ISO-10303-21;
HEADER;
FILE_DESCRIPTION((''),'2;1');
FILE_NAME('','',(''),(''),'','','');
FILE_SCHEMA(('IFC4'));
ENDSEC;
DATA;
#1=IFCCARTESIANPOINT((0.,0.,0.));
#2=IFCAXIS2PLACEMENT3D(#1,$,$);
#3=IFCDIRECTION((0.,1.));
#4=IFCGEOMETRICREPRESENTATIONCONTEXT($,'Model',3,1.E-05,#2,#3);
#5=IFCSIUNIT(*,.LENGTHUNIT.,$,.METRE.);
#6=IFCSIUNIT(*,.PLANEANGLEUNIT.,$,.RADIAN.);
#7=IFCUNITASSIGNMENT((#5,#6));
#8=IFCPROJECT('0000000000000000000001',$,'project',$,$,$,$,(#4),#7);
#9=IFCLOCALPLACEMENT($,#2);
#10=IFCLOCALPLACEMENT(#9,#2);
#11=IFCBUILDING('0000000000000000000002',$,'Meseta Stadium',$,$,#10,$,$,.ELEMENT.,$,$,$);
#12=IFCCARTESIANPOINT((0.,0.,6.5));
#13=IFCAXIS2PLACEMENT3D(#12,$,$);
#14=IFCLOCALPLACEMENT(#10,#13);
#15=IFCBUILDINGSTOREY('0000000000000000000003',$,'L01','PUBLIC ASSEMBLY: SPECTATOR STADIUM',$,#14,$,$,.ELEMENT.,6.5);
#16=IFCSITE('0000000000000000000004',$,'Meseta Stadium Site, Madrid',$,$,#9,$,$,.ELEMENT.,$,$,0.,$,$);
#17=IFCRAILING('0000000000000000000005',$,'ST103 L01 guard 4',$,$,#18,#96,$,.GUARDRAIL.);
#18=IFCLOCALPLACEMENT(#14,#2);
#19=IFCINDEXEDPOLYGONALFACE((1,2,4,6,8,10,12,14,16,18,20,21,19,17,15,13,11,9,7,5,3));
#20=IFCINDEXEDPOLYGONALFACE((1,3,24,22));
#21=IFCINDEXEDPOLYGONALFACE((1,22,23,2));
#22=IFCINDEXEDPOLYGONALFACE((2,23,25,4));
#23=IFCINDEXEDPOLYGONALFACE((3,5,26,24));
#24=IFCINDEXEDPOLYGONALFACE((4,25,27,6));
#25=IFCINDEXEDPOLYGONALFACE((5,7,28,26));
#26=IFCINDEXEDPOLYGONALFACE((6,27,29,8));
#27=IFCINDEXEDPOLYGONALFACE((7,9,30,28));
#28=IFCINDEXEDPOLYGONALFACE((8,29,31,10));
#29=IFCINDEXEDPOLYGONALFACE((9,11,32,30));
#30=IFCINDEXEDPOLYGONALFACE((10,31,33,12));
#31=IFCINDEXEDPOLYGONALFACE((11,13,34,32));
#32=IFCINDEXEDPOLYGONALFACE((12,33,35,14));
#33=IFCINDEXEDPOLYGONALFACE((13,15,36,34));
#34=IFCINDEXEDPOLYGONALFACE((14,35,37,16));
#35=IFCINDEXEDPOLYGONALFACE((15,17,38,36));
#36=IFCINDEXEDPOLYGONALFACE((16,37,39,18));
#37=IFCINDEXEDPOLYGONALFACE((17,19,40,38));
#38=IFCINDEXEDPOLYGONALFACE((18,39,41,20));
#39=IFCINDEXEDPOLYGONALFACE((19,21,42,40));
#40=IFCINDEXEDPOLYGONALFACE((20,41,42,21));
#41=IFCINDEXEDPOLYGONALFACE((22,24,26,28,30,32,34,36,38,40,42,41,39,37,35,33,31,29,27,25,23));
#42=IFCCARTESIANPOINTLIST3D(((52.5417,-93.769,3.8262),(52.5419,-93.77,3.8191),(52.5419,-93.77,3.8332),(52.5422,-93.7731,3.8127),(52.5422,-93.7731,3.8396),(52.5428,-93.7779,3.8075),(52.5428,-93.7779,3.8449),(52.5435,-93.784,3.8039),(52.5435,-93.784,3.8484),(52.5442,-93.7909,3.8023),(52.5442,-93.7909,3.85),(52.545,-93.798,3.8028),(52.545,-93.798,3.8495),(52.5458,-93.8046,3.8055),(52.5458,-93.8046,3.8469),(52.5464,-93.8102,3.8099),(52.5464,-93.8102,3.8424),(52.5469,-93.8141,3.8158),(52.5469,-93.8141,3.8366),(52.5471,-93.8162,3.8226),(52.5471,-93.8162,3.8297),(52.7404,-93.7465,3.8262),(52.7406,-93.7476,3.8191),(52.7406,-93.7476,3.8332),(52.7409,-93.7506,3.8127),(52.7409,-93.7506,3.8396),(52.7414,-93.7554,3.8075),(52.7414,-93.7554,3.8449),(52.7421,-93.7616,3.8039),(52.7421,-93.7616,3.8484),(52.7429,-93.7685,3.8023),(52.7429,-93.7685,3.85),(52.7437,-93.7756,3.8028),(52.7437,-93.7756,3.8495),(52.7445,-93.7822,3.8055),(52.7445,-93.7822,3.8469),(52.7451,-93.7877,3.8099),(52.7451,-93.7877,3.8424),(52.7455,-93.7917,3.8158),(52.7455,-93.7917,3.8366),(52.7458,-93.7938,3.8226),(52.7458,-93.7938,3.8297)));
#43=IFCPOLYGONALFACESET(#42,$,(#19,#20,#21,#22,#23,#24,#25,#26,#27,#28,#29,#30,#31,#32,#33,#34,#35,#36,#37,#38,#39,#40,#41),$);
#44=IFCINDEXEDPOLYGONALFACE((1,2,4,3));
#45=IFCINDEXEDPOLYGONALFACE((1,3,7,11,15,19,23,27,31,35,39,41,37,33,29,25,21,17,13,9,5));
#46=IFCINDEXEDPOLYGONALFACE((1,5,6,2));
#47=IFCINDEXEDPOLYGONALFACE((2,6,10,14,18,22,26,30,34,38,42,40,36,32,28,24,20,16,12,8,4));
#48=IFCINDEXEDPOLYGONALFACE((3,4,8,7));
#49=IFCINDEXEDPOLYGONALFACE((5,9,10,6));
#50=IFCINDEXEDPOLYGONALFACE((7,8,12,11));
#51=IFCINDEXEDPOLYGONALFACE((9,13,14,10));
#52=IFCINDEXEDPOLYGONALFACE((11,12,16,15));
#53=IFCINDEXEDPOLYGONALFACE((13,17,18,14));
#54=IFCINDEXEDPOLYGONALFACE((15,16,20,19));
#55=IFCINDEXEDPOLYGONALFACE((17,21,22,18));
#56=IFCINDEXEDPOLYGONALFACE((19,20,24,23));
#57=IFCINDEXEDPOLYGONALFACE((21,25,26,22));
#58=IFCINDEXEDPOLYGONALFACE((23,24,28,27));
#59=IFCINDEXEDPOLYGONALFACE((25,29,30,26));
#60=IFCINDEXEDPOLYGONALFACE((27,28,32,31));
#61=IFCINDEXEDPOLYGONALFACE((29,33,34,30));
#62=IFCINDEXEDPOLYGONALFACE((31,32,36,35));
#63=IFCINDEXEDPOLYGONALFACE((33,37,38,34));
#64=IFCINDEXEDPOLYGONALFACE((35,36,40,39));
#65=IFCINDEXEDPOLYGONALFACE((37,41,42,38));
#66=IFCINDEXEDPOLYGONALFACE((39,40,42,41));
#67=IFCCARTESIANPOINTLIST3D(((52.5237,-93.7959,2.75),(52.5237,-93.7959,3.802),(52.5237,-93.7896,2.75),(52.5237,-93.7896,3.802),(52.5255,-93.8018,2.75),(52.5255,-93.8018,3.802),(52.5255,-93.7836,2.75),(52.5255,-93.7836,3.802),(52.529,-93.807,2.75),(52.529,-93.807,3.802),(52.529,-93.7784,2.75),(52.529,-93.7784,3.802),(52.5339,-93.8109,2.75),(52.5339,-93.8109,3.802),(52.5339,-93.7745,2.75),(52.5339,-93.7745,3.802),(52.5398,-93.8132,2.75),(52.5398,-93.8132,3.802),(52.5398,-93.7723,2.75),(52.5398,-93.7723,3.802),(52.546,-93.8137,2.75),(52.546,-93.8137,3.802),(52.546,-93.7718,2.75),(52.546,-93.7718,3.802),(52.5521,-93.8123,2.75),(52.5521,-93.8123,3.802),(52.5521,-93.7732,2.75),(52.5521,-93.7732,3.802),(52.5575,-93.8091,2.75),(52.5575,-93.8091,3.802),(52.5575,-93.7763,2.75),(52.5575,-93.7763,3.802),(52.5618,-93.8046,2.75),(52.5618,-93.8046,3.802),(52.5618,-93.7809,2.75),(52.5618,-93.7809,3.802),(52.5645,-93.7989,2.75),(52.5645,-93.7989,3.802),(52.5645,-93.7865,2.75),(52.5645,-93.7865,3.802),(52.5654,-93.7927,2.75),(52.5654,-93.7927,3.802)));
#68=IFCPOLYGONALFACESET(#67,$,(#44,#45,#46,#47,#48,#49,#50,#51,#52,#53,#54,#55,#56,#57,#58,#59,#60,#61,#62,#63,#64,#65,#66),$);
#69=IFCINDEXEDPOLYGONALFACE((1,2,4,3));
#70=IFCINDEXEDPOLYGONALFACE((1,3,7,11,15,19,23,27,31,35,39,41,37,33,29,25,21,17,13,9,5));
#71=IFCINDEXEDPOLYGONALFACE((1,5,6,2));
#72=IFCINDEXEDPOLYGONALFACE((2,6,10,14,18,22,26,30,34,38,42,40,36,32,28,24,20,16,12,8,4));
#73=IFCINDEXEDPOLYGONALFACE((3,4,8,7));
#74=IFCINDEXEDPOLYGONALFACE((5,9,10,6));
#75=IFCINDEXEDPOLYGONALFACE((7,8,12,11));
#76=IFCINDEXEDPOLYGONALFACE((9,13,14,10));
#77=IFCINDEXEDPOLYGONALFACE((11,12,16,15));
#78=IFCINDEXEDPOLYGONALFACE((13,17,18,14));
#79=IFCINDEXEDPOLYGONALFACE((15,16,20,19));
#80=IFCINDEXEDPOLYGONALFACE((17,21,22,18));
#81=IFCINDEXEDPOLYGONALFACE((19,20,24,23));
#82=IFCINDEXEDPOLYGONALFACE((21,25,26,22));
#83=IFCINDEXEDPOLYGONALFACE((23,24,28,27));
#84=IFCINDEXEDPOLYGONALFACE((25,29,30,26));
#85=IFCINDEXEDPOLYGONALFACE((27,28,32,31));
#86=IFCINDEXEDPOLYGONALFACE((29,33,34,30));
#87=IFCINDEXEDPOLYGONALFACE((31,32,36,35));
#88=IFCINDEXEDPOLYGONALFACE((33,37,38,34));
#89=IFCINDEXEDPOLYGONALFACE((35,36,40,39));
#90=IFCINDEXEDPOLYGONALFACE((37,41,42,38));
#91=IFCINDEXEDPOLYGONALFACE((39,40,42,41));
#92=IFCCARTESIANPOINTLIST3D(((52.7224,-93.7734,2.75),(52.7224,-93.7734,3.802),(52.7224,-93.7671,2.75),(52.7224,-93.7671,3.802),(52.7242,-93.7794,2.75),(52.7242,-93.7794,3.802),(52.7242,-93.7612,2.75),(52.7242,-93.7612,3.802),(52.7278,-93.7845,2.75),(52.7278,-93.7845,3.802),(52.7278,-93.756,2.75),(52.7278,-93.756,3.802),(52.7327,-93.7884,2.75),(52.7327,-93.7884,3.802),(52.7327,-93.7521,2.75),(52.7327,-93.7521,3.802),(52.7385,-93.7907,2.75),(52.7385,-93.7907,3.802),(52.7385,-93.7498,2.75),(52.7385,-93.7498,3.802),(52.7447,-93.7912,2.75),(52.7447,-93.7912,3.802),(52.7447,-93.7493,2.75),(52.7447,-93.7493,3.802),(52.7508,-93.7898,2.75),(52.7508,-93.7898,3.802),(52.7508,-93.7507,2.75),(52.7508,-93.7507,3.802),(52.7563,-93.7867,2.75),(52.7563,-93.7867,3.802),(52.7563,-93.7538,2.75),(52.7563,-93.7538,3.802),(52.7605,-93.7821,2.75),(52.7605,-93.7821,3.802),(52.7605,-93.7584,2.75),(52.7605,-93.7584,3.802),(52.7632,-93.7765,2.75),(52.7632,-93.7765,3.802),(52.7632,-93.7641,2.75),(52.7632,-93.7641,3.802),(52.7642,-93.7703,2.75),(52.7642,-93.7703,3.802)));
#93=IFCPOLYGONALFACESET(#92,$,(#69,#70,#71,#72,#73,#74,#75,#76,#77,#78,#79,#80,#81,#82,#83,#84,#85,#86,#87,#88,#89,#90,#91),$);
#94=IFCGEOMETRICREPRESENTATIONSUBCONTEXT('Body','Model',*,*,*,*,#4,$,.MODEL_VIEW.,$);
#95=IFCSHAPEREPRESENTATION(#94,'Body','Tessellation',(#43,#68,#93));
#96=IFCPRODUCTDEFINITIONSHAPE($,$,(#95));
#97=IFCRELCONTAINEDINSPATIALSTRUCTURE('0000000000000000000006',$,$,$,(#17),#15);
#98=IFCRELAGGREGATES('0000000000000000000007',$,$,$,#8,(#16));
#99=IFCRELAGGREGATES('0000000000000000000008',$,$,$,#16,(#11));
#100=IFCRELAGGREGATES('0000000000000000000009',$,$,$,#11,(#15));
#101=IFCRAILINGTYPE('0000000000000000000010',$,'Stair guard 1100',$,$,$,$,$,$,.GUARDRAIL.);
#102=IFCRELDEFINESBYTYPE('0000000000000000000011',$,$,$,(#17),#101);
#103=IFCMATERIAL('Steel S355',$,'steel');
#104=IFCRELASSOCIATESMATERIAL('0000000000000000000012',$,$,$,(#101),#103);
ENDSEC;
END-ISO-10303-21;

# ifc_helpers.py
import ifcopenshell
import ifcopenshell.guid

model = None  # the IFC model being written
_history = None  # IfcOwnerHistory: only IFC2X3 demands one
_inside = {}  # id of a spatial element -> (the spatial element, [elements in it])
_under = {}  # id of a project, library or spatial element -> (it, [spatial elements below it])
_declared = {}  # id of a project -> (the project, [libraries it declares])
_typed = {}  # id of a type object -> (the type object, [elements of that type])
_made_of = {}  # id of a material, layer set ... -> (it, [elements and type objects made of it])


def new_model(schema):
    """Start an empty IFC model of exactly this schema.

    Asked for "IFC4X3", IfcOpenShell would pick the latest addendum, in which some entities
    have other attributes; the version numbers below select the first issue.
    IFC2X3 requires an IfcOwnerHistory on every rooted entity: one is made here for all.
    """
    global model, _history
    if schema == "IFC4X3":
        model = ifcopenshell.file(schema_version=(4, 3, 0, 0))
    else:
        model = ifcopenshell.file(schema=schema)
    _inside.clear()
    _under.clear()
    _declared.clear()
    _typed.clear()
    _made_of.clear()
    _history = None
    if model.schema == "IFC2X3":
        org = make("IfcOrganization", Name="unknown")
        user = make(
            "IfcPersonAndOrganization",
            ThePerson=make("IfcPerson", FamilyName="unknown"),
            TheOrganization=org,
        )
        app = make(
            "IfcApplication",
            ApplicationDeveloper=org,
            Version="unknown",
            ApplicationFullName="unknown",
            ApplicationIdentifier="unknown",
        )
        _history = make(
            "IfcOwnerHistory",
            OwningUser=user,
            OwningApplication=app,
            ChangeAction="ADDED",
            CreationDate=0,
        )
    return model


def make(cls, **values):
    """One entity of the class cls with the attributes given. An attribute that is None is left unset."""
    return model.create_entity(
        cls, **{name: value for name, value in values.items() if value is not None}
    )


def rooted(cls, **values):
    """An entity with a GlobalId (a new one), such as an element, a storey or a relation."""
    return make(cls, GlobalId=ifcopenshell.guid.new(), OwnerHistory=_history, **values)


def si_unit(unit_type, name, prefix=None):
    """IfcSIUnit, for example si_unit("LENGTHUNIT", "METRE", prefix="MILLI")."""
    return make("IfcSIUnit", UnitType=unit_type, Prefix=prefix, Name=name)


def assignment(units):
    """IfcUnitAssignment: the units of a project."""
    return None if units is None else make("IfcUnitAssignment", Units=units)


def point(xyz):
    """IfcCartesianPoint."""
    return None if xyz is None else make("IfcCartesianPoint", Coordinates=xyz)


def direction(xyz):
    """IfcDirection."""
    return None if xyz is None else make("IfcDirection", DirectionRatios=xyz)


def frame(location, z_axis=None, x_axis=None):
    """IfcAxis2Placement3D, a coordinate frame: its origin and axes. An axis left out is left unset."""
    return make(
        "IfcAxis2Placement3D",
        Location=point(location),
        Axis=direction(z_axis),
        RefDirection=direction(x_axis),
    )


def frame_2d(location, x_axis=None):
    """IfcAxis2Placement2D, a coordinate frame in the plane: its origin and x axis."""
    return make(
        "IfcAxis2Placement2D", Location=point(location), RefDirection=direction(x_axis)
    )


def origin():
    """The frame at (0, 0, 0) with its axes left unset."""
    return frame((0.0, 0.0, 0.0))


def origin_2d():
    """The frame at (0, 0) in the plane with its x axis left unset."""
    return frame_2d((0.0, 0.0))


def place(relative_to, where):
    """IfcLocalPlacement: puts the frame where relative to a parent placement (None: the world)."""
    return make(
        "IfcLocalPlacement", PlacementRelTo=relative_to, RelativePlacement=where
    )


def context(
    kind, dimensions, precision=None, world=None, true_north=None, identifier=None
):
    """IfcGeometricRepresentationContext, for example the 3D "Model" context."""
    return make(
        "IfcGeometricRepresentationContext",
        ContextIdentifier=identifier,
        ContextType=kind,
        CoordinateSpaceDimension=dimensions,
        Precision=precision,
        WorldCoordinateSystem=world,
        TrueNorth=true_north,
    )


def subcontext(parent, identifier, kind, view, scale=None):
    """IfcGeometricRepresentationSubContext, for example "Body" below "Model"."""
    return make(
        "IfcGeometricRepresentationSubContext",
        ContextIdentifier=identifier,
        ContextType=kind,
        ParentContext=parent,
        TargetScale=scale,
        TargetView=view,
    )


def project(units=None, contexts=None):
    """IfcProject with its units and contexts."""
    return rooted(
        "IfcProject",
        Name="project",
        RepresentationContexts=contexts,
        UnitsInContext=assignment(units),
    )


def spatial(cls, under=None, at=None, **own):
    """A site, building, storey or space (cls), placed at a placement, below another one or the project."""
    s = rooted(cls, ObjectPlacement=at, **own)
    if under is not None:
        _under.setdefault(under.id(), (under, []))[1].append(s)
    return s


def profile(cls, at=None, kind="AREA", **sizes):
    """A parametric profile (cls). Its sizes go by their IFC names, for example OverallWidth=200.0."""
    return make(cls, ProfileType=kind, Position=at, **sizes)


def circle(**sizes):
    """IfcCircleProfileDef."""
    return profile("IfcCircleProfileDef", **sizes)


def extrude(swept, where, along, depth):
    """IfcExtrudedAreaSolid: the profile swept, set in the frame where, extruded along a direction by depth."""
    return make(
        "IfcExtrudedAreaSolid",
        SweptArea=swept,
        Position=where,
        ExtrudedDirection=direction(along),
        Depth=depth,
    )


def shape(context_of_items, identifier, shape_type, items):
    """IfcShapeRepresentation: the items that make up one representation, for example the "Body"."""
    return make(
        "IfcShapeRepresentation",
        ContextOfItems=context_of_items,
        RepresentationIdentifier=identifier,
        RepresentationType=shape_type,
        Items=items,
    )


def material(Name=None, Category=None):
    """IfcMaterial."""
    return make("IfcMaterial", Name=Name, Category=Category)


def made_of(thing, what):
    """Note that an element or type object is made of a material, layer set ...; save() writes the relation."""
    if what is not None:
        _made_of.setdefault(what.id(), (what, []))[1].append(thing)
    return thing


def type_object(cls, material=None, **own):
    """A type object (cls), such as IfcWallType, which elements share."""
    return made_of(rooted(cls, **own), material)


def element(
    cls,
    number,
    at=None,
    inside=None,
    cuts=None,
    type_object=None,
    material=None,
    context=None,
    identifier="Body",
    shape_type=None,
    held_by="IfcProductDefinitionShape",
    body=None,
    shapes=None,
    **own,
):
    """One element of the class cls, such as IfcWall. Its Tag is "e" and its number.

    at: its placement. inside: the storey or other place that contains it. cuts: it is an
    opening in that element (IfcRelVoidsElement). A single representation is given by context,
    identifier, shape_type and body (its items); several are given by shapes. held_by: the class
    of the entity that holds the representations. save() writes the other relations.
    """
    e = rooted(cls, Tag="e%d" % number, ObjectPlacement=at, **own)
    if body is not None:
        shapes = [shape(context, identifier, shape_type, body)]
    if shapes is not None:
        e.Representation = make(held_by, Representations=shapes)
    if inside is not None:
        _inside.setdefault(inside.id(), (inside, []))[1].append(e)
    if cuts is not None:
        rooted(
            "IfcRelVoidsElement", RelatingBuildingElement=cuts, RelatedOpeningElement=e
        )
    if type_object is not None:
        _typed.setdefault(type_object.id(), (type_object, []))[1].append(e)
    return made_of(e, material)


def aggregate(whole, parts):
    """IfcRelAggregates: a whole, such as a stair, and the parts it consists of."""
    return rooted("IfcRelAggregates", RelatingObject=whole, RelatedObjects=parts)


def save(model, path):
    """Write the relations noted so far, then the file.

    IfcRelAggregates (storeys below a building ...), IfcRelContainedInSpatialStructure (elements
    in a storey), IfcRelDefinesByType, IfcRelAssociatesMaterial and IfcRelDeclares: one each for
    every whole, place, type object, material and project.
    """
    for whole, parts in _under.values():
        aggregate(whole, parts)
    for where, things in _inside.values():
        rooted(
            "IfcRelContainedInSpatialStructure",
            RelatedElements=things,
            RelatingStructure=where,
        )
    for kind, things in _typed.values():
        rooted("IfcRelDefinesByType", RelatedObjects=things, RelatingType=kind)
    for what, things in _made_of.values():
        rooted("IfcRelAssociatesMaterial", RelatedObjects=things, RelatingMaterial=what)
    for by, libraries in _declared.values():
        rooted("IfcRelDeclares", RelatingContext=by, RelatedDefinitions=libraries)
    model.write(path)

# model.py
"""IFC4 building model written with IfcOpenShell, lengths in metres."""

from ifc_helpers import new_model, si_unit, direction, frame, origin, origin_2d, place, context, subcontext, project, spatial, circle, extrude, material, type_object, element, save


model = new_model("IFC4")

# Units and contexts
model_context = context("Model", 3, precision=1e-05, world=origin(), true_north=direction((0.0, 1.0)))
body_context = subcontext(model_context, "Body", "Model", "MODEL_VIEW")
ifc_project = project(units=[si_unit("LENGTHUNIT", "METRE"), si_unit("PLANEANGLEUNIT", "RADIAN")], contexts=[model_context])

# Site, building, storey
site_placement = place(None, origin())
site = spatial("IfcSite", under=ifc_project, at=site_placement, Name="Meseta Stadium Site, Madrid", CompositionType="ELEMENT", RefElevation=0.0)
building_placement = place(site_placement, origin())
building = spatial("IfcBuilding", under=site, at=building_placement, Name="Meseta Stadium", CompositionType="ELEMENT")
storey_placement = place(building_placement, frame((0.0, 0.0, 6.5)))
storey = spatial("IfcBuildingStorey", under=building, at=storey_placement, Name="L01", Description="PUBLIC ASSEMBLY: SPECTATOR STADIUM", CompositionType="ELEMENT", Elevation=6.5)

# Railing
ifc_material_1 = material(Name="Steel S355", Category="steel")
railing_type_1 = type_object("IfcRailingType", Name="Stair guard 1100", PredefinedType="GUARDRAIL", material=ifc_material_1)
railing_1_placement = place(storey_placement, frame((52.5444, -93.7927, 2.75)))
element("IfcRailing", 1, at=railing_1_placement, inside=storey, type_object=railing_type_1, Name="ST103 L01 guard 4", PredefinedType="GUARDRAIL", context=body_context, shape_type="SweptSolid", body=[
    extrude(circle(Radius=0.0239, at=origin_2d()), frame((0.0, 0.0, 1.0762), z_axis=(0.993674, 0.112307, 0.0), x_axis=(-0.112307, 0.993674, 0.0)), (0.0, 0.0, 1.0), 0.2),
    extrude(circle(Radius=0.021, at=origin_2d()), origin(), (0.0, 0.0, 1.0), 1.052),
    extrude(circle(Radius=0.021, at=origin_2d()), frame((0.1987, 0.0225, 0.0)), (0.0, 0.0, 1.0), 1.052),
])

save(model, "model.ifc")
